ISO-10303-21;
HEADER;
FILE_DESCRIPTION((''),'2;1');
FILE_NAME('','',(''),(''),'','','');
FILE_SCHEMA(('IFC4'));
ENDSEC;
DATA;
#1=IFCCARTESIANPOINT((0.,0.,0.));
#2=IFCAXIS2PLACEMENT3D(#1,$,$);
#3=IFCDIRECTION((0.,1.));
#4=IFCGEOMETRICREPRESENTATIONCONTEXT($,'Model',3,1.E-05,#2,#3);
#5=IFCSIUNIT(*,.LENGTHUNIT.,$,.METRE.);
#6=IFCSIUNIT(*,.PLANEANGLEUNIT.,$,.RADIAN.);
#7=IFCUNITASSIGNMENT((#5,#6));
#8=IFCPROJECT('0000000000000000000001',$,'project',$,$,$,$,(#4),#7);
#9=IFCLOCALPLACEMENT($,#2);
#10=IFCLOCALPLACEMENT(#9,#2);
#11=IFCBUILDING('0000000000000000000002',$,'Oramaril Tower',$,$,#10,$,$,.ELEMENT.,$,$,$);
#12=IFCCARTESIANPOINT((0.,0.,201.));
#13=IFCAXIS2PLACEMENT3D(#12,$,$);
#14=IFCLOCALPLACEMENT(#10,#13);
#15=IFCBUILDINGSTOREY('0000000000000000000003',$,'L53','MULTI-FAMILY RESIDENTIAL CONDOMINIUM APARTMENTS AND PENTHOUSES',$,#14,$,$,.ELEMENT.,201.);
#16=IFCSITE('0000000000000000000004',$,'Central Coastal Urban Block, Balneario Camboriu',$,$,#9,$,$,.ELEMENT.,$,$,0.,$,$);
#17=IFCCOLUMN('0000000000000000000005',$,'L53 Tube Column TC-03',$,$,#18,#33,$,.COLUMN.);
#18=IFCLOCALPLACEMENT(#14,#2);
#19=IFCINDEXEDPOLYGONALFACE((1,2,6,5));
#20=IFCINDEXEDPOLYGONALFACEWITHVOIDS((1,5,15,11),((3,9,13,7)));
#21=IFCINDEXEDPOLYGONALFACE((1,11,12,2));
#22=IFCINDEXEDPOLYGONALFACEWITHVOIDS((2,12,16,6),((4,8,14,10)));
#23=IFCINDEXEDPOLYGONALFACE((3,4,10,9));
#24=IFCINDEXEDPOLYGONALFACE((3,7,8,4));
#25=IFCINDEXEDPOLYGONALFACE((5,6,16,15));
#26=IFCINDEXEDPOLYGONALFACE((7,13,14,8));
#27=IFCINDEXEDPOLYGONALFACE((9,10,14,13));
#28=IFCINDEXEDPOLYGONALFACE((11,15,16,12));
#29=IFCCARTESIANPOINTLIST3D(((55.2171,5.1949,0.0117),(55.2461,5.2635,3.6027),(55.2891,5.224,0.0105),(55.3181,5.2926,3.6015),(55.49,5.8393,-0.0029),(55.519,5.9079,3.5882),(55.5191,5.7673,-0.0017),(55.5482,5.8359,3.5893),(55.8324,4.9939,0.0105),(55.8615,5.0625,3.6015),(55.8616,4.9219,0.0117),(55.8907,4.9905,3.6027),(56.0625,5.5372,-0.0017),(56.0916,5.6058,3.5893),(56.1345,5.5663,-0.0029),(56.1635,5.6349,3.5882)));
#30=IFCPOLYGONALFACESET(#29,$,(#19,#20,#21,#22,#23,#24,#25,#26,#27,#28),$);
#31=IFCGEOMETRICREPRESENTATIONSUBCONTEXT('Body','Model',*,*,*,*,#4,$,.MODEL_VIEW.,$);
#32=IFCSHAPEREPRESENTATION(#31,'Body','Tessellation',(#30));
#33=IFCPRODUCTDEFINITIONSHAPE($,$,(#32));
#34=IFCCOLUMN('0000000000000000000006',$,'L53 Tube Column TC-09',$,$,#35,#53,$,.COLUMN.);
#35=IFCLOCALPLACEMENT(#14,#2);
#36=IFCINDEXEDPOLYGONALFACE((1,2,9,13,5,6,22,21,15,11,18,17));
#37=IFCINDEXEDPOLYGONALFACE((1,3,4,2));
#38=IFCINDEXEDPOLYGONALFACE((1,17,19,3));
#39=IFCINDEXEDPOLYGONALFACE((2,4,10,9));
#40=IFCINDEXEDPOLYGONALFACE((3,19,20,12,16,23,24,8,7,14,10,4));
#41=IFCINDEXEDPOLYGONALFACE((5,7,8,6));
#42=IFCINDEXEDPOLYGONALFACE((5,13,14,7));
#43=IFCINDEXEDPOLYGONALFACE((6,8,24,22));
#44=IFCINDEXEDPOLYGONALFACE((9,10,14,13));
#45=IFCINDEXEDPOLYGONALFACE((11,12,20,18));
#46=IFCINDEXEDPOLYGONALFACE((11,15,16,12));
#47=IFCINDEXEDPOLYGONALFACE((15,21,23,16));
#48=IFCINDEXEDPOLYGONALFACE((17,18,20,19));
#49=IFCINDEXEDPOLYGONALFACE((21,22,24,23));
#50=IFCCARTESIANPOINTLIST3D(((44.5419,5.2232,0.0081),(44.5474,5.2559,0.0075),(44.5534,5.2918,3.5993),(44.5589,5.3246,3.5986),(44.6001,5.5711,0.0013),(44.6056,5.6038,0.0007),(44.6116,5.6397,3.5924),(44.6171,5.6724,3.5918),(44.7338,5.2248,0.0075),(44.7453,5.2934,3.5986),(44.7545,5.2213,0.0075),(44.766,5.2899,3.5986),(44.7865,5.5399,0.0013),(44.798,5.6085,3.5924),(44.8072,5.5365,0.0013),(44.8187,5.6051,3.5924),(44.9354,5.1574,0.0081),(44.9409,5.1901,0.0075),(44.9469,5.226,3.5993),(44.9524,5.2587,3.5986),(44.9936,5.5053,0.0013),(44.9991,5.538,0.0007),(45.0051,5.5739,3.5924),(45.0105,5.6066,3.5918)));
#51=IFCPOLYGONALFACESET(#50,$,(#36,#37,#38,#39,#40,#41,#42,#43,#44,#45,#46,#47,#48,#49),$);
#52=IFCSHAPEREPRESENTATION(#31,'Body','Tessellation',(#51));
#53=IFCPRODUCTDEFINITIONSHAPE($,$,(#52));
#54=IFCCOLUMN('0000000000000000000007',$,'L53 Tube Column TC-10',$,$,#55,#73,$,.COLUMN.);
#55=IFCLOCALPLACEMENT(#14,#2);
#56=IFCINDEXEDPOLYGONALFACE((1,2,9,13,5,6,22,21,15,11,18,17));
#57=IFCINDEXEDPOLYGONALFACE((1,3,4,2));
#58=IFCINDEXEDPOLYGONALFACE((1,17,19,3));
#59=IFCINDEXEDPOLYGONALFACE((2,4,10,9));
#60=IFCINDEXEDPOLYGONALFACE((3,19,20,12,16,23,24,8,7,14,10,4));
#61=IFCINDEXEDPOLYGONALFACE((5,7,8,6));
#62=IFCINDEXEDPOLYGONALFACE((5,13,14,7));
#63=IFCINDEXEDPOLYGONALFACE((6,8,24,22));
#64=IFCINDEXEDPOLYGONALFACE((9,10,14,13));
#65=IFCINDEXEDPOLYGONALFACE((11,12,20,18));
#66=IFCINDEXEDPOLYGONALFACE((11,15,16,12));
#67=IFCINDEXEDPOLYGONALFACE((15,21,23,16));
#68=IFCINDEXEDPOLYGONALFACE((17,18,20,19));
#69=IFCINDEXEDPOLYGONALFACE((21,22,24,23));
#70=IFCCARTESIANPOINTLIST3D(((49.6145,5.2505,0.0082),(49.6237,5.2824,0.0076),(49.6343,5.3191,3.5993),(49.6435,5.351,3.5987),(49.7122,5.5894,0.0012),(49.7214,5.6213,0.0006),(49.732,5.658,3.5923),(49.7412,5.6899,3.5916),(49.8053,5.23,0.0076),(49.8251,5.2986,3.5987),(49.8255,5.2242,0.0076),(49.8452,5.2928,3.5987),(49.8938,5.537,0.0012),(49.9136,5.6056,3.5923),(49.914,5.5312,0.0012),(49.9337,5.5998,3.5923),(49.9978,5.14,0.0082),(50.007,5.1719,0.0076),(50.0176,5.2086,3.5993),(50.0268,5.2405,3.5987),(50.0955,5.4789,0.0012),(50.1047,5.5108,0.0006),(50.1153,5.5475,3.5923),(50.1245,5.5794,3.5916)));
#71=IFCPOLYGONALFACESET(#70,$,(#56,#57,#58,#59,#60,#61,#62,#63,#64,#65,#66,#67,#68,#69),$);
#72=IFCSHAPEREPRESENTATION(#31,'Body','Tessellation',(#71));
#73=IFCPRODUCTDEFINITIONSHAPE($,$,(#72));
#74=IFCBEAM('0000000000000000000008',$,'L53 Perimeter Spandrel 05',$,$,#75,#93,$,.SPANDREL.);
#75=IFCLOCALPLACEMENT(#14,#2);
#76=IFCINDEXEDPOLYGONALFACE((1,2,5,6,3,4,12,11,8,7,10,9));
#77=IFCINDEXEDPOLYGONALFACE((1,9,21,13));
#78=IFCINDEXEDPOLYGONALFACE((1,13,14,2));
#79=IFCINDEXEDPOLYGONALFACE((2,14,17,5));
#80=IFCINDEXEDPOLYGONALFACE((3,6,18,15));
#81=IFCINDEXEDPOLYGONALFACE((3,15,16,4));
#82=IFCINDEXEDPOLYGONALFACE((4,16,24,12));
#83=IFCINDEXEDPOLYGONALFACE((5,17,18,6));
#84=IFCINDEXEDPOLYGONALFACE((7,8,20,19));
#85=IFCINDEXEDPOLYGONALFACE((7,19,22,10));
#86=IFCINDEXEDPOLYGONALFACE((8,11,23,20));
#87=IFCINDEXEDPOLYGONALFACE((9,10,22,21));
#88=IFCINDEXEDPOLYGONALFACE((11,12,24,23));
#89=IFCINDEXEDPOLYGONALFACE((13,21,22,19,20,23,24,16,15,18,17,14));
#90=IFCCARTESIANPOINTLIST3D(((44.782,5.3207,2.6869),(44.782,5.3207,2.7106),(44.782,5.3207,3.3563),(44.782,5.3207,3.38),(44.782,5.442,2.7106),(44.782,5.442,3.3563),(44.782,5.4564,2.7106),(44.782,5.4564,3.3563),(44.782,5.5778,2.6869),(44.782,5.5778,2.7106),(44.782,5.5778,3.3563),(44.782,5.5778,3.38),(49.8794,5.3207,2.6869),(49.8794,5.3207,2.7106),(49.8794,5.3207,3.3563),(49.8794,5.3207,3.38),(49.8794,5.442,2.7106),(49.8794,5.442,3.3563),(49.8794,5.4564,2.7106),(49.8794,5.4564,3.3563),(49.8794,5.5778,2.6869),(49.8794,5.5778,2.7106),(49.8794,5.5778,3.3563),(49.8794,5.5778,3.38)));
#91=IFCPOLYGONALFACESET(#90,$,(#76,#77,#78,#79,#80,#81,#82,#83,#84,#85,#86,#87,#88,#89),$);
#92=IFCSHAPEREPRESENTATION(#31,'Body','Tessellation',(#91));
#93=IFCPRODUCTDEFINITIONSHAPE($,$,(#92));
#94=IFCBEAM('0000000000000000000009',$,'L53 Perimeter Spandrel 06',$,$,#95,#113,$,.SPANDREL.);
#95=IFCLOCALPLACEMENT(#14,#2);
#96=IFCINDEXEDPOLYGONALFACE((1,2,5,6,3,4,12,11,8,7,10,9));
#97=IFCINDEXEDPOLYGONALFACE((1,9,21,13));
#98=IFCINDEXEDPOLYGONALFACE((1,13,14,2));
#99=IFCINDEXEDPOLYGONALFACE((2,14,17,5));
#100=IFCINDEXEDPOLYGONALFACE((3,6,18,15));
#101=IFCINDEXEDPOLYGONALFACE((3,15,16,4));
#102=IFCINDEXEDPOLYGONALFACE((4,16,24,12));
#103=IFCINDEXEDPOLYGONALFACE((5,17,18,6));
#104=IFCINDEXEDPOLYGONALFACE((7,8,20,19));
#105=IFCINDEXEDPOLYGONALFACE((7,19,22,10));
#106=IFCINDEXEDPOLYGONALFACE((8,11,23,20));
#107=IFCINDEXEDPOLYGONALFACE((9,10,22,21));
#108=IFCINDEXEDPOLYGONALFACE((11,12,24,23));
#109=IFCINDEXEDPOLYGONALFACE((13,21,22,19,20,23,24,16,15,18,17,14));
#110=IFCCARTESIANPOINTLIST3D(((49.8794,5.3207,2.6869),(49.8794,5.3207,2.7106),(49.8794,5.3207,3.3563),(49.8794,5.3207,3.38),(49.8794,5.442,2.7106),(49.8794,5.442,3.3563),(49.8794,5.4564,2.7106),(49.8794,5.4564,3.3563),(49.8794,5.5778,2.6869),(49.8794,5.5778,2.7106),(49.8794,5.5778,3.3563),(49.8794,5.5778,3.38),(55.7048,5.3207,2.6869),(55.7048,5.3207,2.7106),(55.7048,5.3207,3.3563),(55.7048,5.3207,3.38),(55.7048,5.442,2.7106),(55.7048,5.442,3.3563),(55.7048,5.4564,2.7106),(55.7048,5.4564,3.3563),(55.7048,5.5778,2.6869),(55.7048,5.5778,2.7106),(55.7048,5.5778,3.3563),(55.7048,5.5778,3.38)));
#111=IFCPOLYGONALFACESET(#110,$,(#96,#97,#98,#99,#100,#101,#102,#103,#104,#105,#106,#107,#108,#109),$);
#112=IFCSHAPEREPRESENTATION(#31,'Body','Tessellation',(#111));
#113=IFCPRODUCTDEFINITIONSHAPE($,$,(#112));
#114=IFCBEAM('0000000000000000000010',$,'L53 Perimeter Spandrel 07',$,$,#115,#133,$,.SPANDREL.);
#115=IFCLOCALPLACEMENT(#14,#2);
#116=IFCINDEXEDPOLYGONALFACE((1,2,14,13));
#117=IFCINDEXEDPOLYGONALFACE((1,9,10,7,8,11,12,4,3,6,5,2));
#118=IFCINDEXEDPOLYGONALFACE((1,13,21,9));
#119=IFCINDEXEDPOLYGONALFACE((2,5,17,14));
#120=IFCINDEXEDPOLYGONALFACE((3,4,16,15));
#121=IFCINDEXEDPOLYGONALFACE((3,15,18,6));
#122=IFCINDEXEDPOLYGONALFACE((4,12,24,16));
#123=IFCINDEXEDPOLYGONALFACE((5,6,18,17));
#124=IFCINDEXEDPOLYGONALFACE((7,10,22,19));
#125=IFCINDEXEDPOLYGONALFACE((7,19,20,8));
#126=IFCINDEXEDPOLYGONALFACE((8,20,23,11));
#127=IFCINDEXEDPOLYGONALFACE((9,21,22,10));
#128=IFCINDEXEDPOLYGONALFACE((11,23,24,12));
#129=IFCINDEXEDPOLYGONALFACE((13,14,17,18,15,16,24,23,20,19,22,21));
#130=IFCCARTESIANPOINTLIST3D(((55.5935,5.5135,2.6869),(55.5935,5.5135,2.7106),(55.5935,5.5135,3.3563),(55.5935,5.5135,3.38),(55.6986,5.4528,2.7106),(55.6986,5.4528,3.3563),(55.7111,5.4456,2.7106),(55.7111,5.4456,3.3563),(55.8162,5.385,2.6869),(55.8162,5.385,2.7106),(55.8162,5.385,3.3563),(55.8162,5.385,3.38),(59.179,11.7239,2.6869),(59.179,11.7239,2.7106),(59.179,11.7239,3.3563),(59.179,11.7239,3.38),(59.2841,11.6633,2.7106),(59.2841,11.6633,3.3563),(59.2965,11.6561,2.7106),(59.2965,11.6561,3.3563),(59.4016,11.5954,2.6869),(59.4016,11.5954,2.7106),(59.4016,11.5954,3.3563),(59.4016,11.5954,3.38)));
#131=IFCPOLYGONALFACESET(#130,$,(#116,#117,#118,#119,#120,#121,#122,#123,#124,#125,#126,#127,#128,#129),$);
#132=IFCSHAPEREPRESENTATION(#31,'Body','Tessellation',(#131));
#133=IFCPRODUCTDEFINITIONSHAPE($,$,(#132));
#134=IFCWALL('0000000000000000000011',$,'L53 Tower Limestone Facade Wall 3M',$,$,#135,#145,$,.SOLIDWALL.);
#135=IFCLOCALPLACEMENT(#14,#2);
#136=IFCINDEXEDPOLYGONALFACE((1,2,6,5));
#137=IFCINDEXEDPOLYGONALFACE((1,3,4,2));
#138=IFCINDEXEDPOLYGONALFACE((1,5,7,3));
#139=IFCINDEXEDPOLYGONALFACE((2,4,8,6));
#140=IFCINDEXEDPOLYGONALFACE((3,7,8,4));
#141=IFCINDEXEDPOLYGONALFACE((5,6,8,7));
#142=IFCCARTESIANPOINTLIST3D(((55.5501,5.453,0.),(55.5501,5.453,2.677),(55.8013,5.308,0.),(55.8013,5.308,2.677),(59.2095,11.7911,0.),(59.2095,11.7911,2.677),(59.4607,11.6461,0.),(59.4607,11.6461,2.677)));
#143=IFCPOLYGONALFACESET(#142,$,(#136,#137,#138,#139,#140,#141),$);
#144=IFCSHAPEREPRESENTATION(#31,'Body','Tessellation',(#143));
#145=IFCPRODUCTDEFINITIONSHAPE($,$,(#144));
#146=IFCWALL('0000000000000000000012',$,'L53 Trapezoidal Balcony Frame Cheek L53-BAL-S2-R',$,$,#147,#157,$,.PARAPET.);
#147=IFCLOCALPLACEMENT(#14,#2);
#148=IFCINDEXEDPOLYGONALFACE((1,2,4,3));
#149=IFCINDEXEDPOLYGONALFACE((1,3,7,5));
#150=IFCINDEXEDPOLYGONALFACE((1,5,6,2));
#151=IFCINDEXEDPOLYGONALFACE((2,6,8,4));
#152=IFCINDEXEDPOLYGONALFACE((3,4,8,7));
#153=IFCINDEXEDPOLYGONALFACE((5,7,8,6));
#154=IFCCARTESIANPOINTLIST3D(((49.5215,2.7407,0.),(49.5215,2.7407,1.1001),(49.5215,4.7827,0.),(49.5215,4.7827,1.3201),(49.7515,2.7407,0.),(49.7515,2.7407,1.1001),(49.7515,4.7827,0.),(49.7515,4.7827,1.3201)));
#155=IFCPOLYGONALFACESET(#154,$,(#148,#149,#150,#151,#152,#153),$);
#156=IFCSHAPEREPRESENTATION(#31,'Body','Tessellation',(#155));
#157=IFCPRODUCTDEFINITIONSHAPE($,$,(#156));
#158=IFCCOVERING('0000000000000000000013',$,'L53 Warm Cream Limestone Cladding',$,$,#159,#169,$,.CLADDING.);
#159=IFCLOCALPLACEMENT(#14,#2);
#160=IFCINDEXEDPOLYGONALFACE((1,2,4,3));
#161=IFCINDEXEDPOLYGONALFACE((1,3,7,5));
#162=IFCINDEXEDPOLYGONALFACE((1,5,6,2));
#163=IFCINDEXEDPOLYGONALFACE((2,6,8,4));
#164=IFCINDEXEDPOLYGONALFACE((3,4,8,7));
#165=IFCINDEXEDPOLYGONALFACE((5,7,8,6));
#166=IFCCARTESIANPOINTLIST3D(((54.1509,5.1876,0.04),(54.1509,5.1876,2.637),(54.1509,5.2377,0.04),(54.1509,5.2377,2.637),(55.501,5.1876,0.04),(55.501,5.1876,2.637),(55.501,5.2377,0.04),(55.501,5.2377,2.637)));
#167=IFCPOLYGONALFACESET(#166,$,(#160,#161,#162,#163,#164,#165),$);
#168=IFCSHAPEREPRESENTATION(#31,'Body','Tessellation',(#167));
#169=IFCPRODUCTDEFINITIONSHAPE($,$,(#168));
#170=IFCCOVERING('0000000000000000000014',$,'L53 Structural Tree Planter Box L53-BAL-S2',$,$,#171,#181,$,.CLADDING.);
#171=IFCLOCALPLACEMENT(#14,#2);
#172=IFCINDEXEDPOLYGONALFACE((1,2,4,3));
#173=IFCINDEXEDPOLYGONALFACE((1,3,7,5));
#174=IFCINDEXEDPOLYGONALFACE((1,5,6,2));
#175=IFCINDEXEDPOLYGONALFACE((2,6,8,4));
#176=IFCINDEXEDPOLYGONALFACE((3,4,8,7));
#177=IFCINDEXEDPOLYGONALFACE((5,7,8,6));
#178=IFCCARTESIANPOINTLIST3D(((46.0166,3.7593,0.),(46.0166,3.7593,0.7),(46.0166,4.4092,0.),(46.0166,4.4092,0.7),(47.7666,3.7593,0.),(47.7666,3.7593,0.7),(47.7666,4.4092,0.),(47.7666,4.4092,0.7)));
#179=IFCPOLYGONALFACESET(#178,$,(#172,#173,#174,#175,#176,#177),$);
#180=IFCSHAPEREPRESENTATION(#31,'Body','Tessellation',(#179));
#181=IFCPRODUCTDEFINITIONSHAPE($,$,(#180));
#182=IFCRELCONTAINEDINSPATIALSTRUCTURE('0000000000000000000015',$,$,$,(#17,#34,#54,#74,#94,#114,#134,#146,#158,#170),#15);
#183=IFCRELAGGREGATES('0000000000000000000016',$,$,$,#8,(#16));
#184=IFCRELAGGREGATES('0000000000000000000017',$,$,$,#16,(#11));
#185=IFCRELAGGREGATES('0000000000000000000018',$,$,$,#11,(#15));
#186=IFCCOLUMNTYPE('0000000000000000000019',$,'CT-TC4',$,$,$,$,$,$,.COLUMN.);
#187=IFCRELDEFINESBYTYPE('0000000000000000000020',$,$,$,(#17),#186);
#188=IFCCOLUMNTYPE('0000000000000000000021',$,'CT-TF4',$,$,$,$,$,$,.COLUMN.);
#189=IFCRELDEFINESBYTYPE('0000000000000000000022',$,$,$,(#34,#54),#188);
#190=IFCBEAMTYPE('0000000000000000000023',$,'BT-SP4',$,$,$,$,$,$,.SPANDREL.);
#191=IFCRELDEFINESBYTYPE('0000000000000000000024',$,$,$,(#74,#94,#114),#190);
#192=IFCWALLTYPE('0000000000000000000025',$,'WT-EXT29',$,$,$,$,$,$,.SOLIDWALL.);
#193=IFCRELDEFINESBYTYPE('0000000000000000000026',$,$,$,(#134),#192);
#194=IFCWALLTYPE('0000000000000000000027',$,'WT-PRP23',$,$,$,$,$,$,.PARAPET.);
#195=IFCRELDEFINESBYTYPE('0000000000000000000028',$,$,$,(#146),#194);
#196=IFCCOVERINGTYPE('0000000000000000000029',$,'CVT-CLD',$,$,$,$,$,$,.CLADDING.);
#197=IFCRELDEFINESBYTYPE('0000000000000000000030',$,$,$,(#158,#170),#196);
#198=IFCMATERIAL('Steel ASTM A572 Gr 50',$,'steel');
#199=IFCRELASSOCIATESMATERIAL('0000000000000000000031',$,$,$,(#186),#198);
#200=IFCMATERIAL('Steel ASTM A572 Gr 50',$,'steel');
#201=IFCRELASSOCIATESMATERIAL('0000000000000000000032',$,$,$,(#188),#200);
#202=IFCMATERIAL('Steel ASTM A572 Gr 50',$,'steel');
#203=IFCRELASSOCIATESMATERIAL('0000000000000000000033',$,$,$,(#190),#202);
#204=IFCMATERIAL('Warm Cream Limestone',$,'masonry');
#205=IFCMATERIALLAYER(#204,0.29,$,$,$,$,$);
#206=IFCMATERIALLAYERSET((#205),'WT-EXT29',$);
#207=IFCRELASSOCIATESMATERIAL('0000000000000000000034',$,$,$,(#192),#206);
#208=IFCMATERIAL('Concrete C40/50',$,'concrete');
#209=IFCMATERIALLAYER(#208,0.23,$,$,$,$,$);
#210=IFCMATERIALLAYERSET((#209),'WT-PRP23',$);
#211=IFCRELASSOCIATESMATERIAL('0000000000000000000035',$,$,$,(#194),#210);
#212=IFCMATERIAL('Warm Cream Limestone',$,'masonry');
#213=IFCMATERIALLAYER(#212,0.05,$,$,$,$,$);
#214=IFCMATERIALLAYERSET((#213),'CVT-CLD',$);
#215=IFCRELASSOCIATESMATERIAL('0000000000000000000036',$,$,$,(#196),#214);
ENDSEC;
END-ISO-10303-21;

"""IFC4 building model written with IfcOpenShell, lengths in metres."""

from ifc_helpers import new_model, si_unit, direction, frame, frame_2d, origin, origin_2d, place, context, subcontext, project, spatial, polyline, rectangle, hollow_rectangle, i_section, outline, extrude, material, layer, layer_set, material_profile, profile_set, type_object, element, save


model = new_model("IFC4")

# Units and contexts
model_context = context("Model", 3, precision=1e-05, world=origin(), true_north=direction((0.0, 1.0)))
body_context = subcontext(model_context, "Body", "Model", "MODEL_VIEW")
ifc_project = project(units=[si_unit("LENGTHUNIT", "METRE"), si_unit("PLANEANGLEUNIT", "RADIAN")], contexts=[model_context])

# Site, building, storey
site_placement = place(None, origin())
site = spatial("IfcSite", under=ifc_project, at=site_placement, Name="Central Coastal Urban Block, Balneario Camboriu", CompositionType="ELEMENT", RefElevation=0.0)
building_placement = place(site_placement, origin())
building = spatial("IfcBuilding", under=site, at=building_placement, Name="Oramaril Tower", CompositionType="ELEMENT")
storey_placement = place(building_placement, frame((0.0, 0.0, 201.0)))
storey = spatial("IfcBuildingStorey", under=building, at=storey_placement, Name="L53", Description="MULTI-FAMILY RESIDENTIAL CONDOMINIUM APARTMENTS AND PENTHOUSES", CompositionType="ELEMENT", Elevation=201.0)

# Columns
ifc_material_1 = material(Name="Steel ASTM A572 Gr 50", Category="steel")
ifc_material_profile_1 = material_profile(ifc_material_1, hollow_rectangle(XDim=0.7, YDim=0.7, WallThickness=0.0549, at=origin_2d()), Name="BOX700X700X55")
ifc_profile_set_1 = profile_set([ifc_material_profile_1], Name="Steel ASTM A572 Gr 50")
column_type_1 = type_object("IfcColumnType", Name="CT-TC4", PredefinedType="COLUMN", material=ifc_profile_set_1)
column_placement = place(storey_placement, frame((55.6758, 5.3806, 0.0044), z_axis=(0.008089, 0.0191, 0.999785), x_axis=(-0.920832, 0.389961, 0.0)))
element("IfcColumn", 1, at=column_placement, inside=storey, type_object=column_type_1, Name="L53 Tube Column TC-03", PredefinedType="COLUMN", context=body_context, shape_type="SweptSolid", body=[
    extrude(hollow_rectangle(XDim=0.7, YDim=0.7, WallThickness=0.0549, at=origin_2d()), origin(), (0.0, 0.0, 1.0), 3.5918),
])
ifc_material_2 = material(Name="Steel ASTM A572 Gr 50", Category="steel")
ifc_material_profile_2 = material_profile(ifc_material_2, i_section(OverallWidth=0.3989, OverallDepth=0.386, WebThickness=0.021, FlangeThickness=0.0332, at=origin_2d()), Name="W14X176")
ifc_profile_set_2 = profile_set([ifc_material_profile_2], Name="Steel ASTM A572 Gr 50")
column_type_2 = type_object("IfcColumnType", Name="CT-TF4", PredefinedType="COLUMN", material=ifc_profile_set_2)
for number, where, z_axis, x_axis, name in (
    (2, (44.7705, 5.3806, 0.0044), (0.003195, 0.0191, 0.999812), (-0.986299, 0.164968, 0.0), "L53 Tube Column TC-09"),
    (3, (49.8596, 5.3806, 0.0044), (0.005506, 0.0191, 0.999802), (-0.960876, 0.276979, 0.0), "L53 Tube Column TC-10"),
):
    element("IfcColumn", number, at=place(storey_placement, frame(where, z_axis=z_axis, x_axis=x_axis)), inside=storey, type_object=column_type_2, Name=name, PredefinedType="COLUMN", context=body_context, shape_type="SweptSolid", body=[
        extrude(i_section(OverallWidth=0.3989, OverallDepth=0.386, WebThickness=0.021, FlangeThickness=0.0332, at=origin_2d()), origin(), (0.0, 0.0, 1.0), 3.5918),
    ])

# Beams
ifc_material_3 = material(Name="Steel ASTM A572 Gr 50", Category="steel")
ifc_material_profile_3 = material_profile(ifc_material_3, i_section(OverallWidth=0.2571, OverallDepth=0.6931, WebThickness=0.0144, FlangeThickness=0.0237, at=origin_2d()), Name="W27X114")
ifc_profile_set_3 = profile_set([ifc_material_profile_3], Name="Steel ASTM A572 Gr 50")
beam_type = type_object("IfcBeamType", Name="BT-SP4", PredefinedType="SPANDREL", material=ifc_profile_set_3)
beam_1_placement = place(storey_placement, frame((44.782, 5.4492, 3.0334), z_axis=(1.0, 0.0, 0.0), x_axis=(0.0, 1.0, 0.0)))
element("IfcBeam", 4, at=beam_1_placement, inside=storey, type_object=beam_type, Name="L53 Perimeter Spandrel 05", PredefinedType="SPANDREL", context=body_context, shape_type="SweptSolid", body=[
    extrude(i_section(OverallWidth=0.2571, OverallDepth=0.6931, WebThickness=0.0144, FlangeThickness=0.0237, at=origin_2d()), origin(), (0.0, 0.0, 1.0), 5.0974),
])
beam_2_placement = place(storey_placement, frame((49.8794, 5.4492, 3.0334), z_axis=(1.0, 0.0, 0.0), x_axis=(0.0, 1.0, 0.0)))
element("IfcBeam", 5, at=beam_2_placement, inside=storey, type_object=beam_type, Name="L53 Perimeter Spandrel 06", PredefinedType="SPANDREL", context=body_context, shape_type="SweptSolid", body=[
    extrude(i_section(OverallWidth=0.2571, OverallDepth=0.6931, WebThickness=0.0144, FlangeThickness=0.0237, at=origin_2d()), origin(), (0.0, 0.0, 1.0), 5.8254),
])
beam_3_placement = place(storey_placement, frame((55.7048, 5.4492, 3.0334), z_axis=(0.499984, 0.866035, 0.0), x_axis=(-0.866035, 0.499984, 0.0)))
element("IfcBeam", 6, at=beam_3_placement, inside=storey, type_object=beam_type, Name="L53 Perimeter Spandrel 07", PredefinedType="SPANDREL", context=body_context, shape_type="SweptSolid", body=[
    extrude(i_section(OverallWidth=0.2571, OverallDepth=0.6931, WebThickness=0.0144, FlangeThickness=0.0237, at=origin_2d()), origin(), (0.0, 0.0, 1.0), 7.1711),
])

# Walls
ifc_material_4 = material(Name="Warm Cream Limestone", Category="masonry")
ifc_layer_1 = layer(ifc_material_4, 0.29)
ifc_layer_set_1 = layer_set([ifc_layer_1], Name="WT-EXT29")
wall_type_1 = type_object("IfcWallType", Name="WT-EXT29", PredefinedType="SOLIDWALL", material=ifc_layer_set_1)
wall_1_placement = place(storey_placement, frame((55.6758, 5.3806, 0.0), z_axis=(0.0, 0.0, 1.0), x_axis=(0.50001, 0.866019, 0.0)))
element("IfcWall", 7, at=wall_1_placement, inside=storey, type_object=wall_type_1, Name="L53 Tower Limestone Facade Wall 3M", PredefinedType="SOLIDWALL", context=body_context, shape_type="SweptSolid", body=[
    extrude(rectangle(XDim=7.3186, YDim=0.29, at=frame_2d((3.6592, 0.0))), origin(), (0.0, 0.0, 1.0), 2.677),
])
ifc_material_5 = material(Name="Concrete C40/50", Category="concrete")
ifc_layer_2 = layer(ifc_material_5, 0.23)
ifc_layer_set_2 = layer_set([ifc_layer_2], Name="WT-PRP23")
wall_type_2 = type_object("IfcWallType", Name="WT-PRP23", PredefinedType="PARAPET", material=ifc_layer_set_2)
wall_2_placement = place(storey_placement, frame((49.6365, 4.7827, 0.0), z_axis=(0.0, 0.0, 1.0), x_axis=(0.0, -1.0, 0.0)))
element("IfcWall", 8, at=wall_2_placement, inside=storey, type_object=wall_type_2, Name="L53 Trapezoidal Balcony Frame Cheek L53-BAL-S2-R", PredefinedType="PARAPET", context=body_context, shape_type="SweptSolid", body=[
    extrude(outline(polyline([(0.0, 0.0), (2.042, 0.0), (2.042, 1.1001), (0.0, 1.3201), (0.0, 0.0)])), frame((0.0, 0.115, 0.0), z_axis=(0.0, -1.0, 0.0), x_axis=(1.0, 0.0, 0.0)), (0.0, 0.0, 1.0), 0.23),
])

# Coverings
ifc_material_6 = material(Name="Warm Cream Limestone", Category="masonry")
ifc_layer_3 = layer(ifc_material_6, 0.05)
ifc_layer_set_3 = layer_set([ifc_layer_3], Name="CVT-CLD")
covering_type = type_object("IfcCoveringType", Name="CVT-CLD", PredefinedType="CLADDING", material=ifc_layer_set_3)
covering_1_placement = place(storey_placement, frame((54.8259, 5.2126, 0.04), z_axis=(0.0, 0.0, 1.0), x_axis=(1.0, 0.0, 0.0)))
element("IfcCovering", 9, at=covering_1_placement, inside=storey, type_object=covering_type, Name="L53 Warm Cream Limestone Cladding", PredefinedType="CLADDING", context=body_context, shape_type="SweptSolid", body=[
    extrude(rectangle(XDim=1.3501, YDim=0.05, at=origin_2d()), origin(), (0.0, 0.0, 1.0), 2.5969),
])
covering_2_placement = place(storey_placement, frame((46.8916, 4.0842, 0.0), z_axis=(0.0, 0.0, 1.0), x_axis=(1.0, 0.0, 0.0)))
element("IfcCovering", 10, at=covering_2_placement, inside=storey, type_object=covering_type, Name="L53 Structural Tree Planter Box L53-BAL-S2", PredefinedType="CLADDING", context=body_context, shape_type="SweptSolid", body=[
    extrude(rectangle(XDim=1.75, YDim=0.6499, at=origin_2d()), origin(), (0.0, 0.0, 1.0), 0.7),
])

save(model, "model.ifc")
